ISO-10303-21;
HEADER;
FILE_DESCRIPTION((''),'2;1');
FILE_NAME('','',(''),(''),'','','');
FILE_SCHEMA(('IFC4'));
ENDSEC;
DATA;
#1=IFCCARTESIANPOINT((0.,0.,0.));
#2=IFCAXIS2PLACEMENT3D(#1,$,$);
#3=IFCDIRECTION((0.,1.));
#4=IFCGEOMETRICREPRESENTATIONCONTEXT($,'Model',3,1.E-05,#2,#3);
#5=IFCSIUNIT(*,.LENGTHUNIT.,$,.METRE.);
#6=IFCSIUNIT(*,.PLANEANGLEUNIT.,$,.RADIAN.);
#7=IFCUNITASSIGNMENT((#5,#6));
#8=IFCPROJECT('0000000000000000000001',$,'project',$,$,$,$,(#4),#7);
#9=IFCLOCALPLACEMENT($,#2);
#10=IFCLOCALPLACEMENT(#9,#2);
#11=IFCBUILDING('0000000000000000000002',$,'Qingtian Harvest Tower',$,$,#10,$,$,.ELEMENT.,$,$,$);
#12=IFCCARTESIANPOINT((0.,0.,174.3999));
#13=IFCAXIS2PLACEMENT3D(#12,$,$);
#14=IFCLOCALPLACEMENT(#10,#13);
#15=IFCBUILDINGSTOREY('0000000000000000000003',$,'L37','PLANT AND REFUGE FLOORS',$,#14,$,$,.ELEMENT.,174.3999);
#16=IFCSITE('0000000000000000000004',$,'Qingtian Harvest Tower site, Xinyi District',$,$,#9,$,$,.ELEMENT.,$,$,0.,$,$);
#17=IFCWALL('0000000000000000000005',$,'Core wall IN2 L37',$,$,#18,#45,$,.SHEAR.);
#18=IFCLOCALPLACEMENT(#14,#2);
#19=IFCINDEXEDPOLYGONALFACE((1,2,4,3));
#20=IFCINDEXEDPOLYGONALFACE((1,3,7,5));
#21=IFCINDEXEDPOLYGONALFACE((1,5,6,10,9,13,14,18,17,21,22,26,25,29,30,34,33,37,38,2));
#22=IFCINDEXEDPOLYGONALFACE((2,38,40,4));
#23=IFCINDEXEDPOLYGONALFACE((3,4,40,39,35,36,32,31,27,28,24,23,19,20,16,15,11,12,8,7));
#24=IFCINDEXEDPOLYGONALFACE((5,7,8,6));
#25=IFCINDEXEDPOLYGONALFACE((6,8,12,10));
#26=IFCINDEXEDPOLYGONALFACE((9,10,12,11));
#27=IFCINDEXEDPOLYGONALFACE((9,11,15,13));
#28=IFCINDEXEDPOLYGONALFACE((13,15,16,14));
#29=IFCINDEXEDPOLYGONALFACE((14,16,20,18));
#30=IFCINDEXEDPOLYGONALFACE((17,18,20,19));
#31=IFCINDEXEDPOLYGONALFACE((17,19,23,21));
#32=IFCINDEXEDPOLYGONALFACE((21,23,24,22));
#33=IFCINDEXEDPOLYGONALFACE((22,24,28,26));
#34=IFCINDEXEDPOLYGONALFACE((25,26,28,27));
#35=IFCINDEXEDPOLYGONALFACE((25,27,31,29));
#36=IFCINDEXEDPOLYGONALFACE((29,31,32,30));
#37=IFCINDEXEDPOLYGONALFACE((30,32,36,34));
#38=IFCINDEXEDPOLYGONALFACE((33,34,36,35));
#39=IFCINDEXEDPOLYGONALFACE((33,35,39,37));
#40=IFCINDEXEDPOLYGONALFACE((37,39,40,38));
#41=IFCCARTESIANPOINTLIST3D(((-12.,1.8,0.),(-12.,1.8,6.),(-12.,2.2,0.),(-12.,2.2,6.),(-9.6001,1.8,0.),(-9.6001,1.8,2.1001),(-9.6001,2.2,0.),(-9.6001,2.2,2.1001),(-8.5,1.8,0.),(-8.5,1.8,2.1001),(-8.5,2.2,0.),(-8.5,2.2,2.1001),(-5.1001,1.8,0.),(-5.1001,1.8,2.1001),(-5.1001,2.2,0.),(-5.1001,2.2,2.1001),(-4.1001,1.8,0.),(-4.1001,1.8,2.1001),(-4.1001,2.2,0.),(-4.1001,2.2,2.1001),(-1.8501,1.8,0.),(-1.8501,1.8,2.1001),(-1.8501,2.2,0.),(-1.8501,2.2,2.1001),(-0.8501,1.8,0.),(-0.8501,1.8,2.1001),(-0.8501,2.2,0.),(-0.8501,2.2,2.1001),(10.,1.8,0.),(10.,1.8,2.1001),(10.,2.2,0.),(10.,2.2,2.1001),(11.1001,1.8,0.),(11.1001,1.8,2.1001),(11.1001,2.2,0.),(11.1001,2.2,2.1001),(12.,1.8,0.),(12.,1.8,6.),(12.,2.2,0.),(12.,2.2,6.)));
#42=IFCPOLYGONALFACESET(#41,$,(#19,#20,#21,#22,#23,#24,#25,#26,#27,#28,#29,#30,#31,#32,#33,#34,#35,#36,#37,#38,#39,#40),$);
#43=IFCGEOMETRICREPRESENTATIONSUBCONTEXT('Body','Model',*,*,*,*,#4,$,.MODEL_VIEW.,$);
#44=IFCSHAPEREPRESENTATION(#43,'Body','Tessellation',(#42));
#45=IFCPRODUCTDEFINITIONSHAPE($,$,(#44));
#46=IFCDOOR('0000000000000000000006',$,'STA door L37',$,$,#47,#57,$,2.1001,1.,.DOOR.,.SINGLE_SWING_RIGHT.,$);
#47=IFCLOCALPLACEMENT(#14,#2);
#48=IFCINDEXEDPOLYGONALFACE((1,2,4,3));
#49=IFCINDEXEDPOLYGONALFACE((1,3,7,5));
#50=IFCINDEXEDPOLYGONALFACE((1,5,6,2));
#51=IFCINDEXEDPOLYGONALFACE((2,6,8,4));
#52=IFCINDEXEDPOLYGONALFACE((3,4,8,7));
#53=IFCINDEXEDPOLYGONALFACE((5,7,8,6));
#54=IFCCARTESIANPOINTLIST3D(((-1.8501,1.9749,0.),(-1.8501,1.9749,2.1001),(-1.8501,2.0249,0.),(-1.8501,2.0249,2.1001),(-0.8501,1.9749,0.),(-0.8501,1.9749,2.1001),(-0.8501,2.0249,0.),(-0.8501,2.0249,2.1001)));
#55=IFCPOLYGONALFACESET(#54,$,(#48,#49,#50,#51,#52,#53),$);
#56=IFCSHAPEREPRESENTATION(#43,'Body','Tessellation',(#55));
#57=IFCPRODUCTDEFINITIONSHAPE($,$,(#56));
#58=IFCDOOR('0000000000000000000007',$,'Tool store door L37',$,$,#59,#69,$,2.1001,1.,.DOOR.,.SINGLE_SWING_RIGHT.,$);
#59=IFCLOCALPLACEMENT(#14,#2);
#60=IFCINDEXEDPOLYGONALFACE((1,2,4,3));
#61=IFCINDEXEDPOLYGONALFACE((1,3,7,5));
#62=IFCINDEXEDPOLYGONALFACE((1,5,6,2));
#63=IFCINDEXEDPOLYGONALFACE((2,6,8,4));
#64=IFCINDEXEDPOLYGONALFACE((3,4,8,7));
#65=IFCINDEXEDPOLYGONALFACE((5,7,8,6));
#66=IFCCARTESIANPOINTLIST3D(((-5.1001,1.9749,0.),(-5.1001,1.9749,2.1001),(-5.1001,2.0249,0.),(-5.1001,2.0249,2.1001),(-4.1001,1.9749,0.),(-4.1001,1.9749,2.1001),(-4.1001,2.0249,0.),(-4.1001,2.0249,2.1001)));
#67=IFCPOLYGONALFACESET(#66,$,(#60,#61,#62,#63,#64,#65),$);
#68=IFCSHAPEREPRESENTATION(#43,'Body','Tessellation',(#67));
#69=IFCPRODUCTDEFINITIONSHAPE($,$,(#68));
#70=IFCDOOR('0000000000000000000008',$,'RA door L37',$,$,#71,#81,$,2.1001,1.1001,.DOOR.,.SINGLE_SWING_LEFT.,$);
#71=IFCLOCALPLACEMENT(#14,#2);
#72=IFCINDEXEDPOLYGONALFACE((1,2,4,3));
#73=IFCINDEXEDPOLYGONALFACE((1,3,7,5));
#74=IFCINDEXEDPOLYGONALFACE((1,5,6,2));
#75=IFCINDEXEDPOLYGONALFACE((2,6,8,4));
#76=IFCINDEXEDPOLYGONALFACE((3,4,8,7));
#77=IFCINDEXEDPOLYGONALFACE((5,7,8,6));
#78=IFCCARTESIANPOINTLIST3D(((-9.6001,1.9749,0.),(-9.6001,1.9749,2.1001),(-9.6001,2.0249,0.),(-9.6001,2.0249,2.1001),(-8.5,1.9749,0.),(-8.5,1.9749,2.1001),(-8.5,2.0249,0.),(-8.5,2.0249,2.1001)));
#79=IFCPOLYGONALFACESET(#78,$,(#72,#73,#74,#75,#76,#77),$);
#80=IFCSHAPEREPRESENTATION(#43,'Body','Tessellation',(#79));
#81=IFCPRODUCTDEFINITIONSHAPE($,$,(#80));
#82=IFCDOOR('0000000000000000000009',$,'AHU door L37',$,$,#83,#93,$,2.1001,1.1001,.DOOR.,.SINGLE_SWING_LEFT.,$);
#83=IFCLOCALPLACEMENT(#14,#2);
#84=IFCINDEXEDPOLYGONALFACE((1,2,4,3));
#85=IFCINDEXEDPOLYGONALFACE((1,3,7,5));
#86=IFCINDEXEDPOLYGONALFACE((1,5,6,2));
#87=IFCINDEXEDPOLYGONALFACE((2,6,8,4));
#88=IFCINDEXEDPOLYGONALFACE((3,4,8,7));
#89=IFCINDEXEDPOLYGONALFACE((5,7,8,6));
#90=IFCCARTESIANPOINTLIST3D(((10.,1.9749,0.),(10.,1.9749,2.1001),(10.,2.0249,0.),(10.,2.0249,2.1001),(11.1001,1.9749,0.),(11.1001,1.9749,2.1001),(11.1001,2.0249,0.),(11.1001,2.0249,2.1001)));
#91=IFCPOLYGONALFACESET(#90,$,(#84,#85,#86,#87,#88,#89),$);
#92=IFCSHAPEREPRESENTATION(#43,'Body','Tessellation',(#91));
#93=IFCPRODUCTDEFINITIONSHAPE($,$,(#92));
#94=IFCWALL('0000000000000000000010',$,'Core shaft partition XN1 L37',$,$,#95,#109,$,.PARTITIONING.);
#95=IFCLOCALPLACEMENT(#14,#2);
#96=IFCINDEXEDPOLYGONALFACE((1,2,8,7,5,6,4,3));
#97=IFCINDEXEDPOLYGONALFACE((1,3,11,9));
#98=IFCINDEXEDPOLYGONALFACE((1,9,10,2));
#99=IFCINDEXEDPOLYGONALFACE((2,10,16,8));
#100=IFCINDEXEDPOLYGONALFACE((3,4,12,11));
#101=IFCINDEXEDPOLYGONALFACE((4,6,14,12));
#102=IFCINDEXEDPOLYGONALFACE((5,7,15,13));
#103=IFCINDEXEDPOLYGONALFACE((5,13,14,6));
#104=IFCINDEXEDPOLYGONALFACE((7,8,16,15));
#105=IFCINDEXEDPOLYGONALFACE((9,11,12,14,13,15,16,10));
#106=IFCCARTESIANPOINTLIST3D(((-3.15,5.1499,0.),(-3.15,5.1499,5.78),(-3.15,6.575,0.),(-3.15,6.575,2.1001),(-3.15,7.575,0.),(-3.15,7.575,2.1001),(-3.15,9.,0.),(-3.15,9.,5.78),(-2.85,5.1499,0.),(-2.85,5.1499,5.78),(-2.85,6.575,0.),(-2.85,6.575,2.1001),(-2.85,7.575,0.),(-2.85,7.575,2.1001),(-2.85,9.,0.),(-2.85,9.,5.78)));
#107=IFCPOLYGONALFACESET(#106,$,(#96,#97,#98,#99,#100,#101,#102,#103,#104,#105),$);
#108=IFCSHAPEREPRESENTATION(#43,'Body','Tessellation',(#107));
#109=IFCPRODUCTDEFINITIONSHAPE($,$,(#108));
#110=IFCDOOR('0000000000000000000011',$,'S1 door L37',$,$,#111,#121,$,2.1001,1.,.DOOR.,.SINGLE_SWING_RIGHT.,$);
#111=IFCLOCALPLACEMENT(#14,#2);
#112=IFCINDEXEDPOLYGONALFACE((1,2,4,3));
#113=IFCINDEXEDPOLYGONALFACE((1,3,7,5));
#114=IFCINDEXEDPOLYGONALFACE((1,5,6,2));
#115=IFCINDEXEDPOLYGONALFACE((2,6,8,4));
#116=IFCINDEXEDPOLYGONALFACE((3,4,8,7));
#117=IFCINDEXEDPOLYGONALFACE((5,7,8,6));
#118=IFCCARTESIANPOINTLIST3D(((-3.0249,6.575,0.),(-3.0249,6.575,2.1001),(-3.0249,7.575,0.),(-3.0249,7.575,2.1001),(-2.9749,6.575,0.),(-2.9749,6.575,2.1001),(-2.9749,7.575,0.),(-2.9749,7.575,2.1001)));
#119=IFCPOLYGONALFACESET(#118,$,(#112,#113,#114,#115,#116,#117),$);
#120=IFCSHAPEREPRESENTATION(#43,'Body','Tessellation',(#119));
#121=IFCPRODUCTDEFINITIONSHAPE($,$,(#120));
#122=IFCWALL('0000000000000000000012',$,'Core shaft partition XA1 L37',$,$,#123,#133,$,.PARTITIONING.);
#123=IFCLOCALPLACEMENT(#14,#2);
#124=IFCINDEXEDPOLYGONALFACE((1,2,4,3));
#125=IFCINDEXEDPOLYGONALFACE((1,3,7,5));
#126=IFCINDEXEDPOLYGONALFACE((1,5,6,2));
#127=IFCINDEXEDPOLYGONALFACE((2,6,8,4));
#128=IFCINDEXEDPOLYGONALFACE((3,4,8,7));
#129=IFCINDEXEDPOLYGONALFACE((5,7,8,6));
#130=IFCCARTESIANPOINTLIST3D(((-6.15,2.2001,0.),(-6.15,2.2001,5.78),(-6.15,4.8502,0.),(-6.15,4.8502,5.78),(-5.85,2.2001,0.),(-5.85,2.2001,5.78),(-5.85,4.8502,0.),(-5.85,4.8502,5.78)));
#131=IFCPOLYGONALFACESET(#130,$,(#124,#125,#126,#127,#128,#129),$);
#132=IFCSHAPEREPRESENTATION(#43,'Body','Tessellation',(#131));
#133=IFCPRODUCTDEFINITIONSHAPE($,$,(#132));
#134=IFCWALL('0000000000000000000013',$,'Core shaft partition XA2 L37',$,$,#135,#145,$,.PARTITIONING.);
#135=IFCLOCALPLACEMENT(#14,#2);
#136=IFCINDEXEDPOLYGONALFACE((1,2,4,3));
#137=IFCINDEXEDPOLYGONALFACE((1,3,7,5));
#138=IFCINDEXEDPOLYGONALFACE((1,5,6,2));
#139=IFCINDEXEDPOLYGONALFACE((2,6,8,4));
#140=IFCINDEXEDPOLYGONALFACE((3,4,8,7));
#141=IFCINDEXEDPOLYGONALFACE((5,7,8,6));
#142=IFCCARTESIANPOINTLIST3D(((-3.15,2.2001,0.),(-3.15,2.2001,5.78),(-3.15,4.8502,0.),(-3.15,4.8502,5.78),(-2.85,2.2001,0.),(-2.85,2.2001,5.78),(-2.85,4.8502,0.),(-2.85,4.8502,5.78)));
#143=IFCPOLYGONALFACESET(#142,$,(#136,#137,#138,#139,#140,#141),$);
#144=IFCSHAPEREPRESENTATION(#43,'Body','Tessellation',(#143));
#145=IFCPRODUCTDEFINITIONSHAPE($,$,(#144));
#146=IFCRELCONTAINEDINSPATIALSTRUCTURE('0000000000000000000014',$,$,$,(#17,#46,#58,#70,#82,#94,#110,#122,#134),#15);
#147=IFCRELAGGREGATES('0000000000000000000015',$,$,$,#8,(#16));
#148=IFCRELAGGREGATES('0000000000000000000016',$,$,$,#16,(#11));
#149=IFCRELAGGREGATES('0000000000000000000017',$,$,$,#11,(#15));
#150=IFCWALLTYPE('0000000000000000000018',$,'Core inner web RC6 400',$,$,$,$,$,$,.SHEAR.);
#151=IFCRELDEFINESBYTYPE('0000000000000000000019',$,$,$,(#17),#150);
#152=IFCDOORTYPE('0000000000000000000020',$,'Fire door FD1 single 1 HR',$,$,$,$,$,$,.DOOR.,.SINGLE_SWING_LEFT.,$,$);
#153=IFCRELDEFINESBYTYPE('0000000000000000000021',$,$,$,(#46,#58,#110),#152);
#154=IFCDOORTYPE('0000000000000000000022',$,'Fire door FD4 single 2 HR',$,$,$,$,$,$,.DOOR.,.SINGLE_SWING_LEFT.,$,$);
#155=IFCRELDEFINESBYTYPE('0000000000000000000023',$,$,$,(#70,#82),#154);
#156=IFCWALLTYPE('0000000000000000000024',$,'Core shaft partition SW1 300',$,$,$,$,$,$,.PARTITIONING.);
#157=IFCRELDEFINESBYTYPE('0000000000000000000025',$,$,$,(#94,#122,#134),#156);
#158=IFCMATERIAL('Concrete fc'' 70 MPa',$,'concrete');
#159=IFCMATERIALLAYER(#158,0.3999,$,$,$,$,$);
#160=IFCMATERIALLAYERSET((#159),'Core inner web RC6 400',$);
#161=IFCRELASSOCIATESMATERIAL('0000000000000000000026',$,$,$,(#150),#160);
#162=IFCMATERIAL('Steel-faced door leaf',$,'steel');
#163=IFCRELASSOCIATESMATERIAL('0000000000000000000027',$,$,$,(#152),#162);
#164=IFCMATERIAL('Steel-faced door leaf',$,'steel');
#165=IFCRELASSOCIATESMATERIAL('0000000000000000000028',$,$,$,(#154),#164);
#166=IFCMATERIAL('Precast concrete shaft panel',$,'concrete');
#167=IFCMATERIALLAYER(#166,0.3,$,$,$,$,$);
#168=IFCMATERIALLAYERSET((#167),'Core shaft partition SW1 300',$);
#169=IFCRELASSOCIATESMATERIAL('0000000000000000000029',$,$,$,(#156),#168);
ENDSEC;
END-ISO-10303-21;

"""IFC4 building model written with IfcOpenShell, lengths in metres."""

from ifc_helpers import new_model, si_unit, direction, frame, frame_2d, origin, place, context, subcontext, project, spatial, rectangle, extrude, material, layer, layer_set, type_object, element, fill, save


model = new_model("IFC4")

# Units and contexts
model_context = context("Model", 3, precision=1e-05, world=origin(), true_north=direction((0.0, 1.0)))
body_context = subcontext(model_context, "Body", "Model", "MODEL_VIEW")
ifc_project = project(units=[si_unit("LENGTHUNIT", "METRE"), si_unit("PLANEANGLEUNIT", "RADIAN")], contexts=[model_context])

# Site, building, storey
site_placement = place(None, origin())
site = spatial("IfcSite", under=ifc_project, at=site_placement, Name="Qingtian Harvest Tower site, Xinyi District", CompositionType="ELEMENT", RefElevation=0.0)
building_placement = place(site_placement, origin())
building = spatial("IfcBuilding", under=site, at=building_placement, Name="Qingtian Harvest Tower", CompositionType="ELEMENT")
storey_placement = place(building_placement, frame((0.0, 0.0, 174.3999)))
storey = spatial("IfcBuildingStorey", under=building, at=storey_placement, Name="L37", Description="PLANT AND REFUGE FLOORS", CompositionType="ELEMENT", Elevation=174.3999)

# Wall, openings, doors
ifc_material_1 = material(Name="Concrete fc' 70 MPa", Category="concrete")
ifc_layer_1 = layer(ifc_material_1, 0.3999)
ifc_layer_set_1 = layer_set([ifc_layer_1], Name="Core inner web RC6 400")
wall_type_1 = type_object("IfcWallType", Name="Core inner web RC6 400", PredefinedType="SHEAR", material=ifc_layer_set_1)
wall_1_placement = place(storey_placement, frame((-12.0, 2.0, 0.0), z_axis=(0.0, 0.0, 1.0), x_axis=(1.0, 0.0, 0.0)))
wall_1 = element("IfcWall", 1, at=wall_1_placement, inside=storey, type_object=wall_type_1, Name="Core wall IN2 L37", PredefinedType="SHEAR", context=body_context, shape_type="SweptSolid", body=[
    extrude(rectangle(XDim=24.0, YDim=0.3999, at=frame_2d((12.0, 0.0))), origin(), (0.0, 0.0, 1.0), 6.0),
])
opening_1_placement = place(wall_1_placement, frame((2.3999, 0.0, 0.0)))
opening_1 = element("IfcOpeningElement", 2, at=opening_1_placement, cuts=wall_1, PredefinedType="OPENING", context=body_context, shape_type="SweptSolid", body=[
    extrude(rectangle(XDim=1.1001, YDim=2.1001, at=frame_2d((0.55, 1.05))), frame((0.0, 0.21, 0.0), z_axis=(0.0, -1.0, 0.0), x_axis=(1.0, 0.0, 0.0)), (0.0, 0.0, 1.0), 0.4199),
])
opening_2_placement = place(wall_1_placement, frame((22.0, 0.0, 0.0)))
opening_2 = element("IfcOpeningElement", 3, at=opening_2_placement, cuts=wall_1, PredefinedType="OPENING", context=body_context, shape_type="SweptSolid", body=[
    extrude(rectangle(XDim=1.1001, YDim=2.1001, at=frame_2d((0.55, 1.05))), frame((0.0, 0.21, 0.0), z_axis=(0.0, -1.0, 0.0), x_axis=(1.0, 0.0, 0.0)), (0.0, 0.0, 1.0), 0.4199),
])
opening_3_placement = place(wall_1_placement, frame((10.1499, 0.0, 0.0)))
opening_3 = element("IfcOpeningElement", 4, at=opening_3_placement, cuts=wall_1, PredefinedType="OPENING", context=body_context, shape_type="SweptSolid", body=[
    extrude(rectangle(XDim=1.0, YDim=2.1001, at=frame_2d((0.5, 1.05))), frame((0.0, 0.21, 0.0), z_axis=(0.0, -1.0, 0.0), x_axis=(1.0, 0.0, 0.0)), (0.0, 0.0, 1.0), 0.4199),
])
opening_4_placement = place(wall_1_placement, frame((6.8999, 0.0, 0.0)))
opening_4 = element("IfcOpeningElement", 5, at=opening_4_placement, cuts=wall_1, PredefinedType="OPENING", context=body_context, shape_type="SweptSolid", body=[
    extrude(rectangle(XDim=1.0, YDim=2.1001, at=frame_2d((0.5, 1.05))), frame((0.0, 0.21, 0.0), z_axis=(0.0, -1.0, 0.0), x_axis=(1.0, 0.0, 0.0)), (0.0, 0.0, 1.0), 0.4199),
])
ifc_material_2 = material(Name="Steel-faced door leaf", Category="steel")
door_type_1 = type_object("IfcDoorType", Name="Fire door FD1 single 1 HR", OperationType="SINGLE_SWING_LEFT", PredefinedType="DOOR", material=ifc_material_2)
door_1_placement = place(opening_3_placement, origin())
door_1 = element("IfcDoor", 6, at=door_1_placement, inside=storey, type_object=door_type_1, Name="STA door L37", OperationType="SINGLE_SWING_RIGHT", OverallHeight=2.1001, OverallWidth=1.0, PredefinedType="DOOR", context=body_context, shape_type="SweptSolid", body=[
    extrude(rectangle(XDim=1.0, YDim=2.1001, at=frame_2d((0.5, 1.05))), frame((0.0, 0.0249, 0.0), z_axis=(0.0, -1.0, 0.0), x_axis=(1.0, 0.0, 0.0)), (0.0, 0.0, 1.0), 0.05),
])
fill(opening_3, door_1)
door_2_placement = place(opening_4_placement, origin())
door_2 = element("IfcDoor", 7, at=door_2_placement, inside=storey, type_object=door_type_1, Name="Tool store door L37", OperationType="SINGLE_SWING_RIGHT", OverallHeight=2.1001, OverallWidth=1.0, PredefinedType="DOOR", context=body_context, shape_type="SweptSolid", body=[
    extrude(rectangle(XDim=1.0, YDim=2.1001, at=frame_2d((0.5, 1.05))), frame((0.0, 0.0249, 0.0), z_axis=(0.0, -1.0, 0.0), x_axis=(1.0, 0.0, 0.0)), (0.0, 0.0, 1.0), 0.05),
])
fill(opening_4, door_2)
ifc_material_3 = material(Name="Steel-faced door leaf", Category="steel")
door_type_2 = type_object("IfcDoorType", Name="Fire door FD4 single 2 HR", OperationType="SINGLE_SWING_LEFT", PredefinedType="DOOR", material=ifc_material_3)
door_3_placement = place(opening_1_placement, origin())
door_3 = element("IfcDoor", 8, at=door_3_placement, inside=storey, type_object=door_type_2, Name="RA door L37", OperationType="SINGLE_SWING_LEFT", OverallHeight=2.1001, OverallWidth=1.1001, PredefinedType="DOOR", context=body_context, shape_type="SweptSolid", body=[
    extrude(rectangle(XDim=1.1001, YDim=2.1001, at=frame_2d((0.55, 1.05))), frame((0.0, 0.0249, 0.0), z_axis=(0.0, -1.0, 0.0), x_axis=(1.0, 0.0, 0.0)), (0.0, 0.0, 1.0), 0.05),
])
fill(opening_1, door_3)
door_4_placement = place(opening_2_placement, origin())
door_4 = element("IfcDoor", 9, at=door_4_placement, inside=storey, type_object=door_type_2, Name="AHU door L37", OperationType="SINGLE_SWING_LEFT", OverallHeight=2.1001, OverallWidth=1.1001, PredefinedType="DOOR", context=body_context, shape_type="SweptSolid", body=[
    extrude(rectangle(XDim=1.1001, YDim=2.1001, at=frame_2d((0.55, 1.05))), frame((0.0, 0.0249, 0.0), z_axis=(0.0, -1.0, 0.0), x_axis=(1.0, 0.0, 0.0)), (0.0, 0.0, 1.0), 0.05),
])
fill(opening_2, door_4)

# Wall, opening, door
ifc_material_4 = material(Name="Precast concrete shaft panel", Category="concrete")
ifc_layer_2 = layer(ifc_material_4, 0.3)
ifc_layer_set_2 = layer_set([ifc_layer_2], Name="Core shaft partition SW1 300")
wall_type_2 = type_object("IfcWallType", Name="Core shaft partition SW1 300", PredefinedType="PARTITIONING", material=ifc_layer_set_2)
wall_2_placement = place(storey_placement, frame((-3.0, 5.1499, 0.0), z_axis=(0.0, 0.0, 1.0), x_axis=(0.0, 1.0, 0.0)))
wall_2 = element("IfcWall", 10, at=wall_2_placement, inside=storey, type_object=wall_type_2, Name="Core shaft partition XN1 L37", PredefinedType="PARTITIONING", context=body_context, shape_type="SweptSolid", body=[
    extrude(rectangle(XDim=3.8501, YDim=0.3, at=frame_2d((1.925, 0.0))), origin(), (0.0, 0.0, 1.0), 5.78),
])
opening_5_placement = place(wall_2_placement, frame((1.425, 0.0, 0.0)))
opening_5 = element("IfcOpeningElement", 11, at=opening_5_placement, cuts=wall_2, PredefinedType="OPENING", context=body_context, shape_type="SweptSolid", body=[
    extrude(rectangle(XDim=1.0, YDim=2.1001, at=frame_2d((0.5, 1.05))), frame((0.0, 0.1599, 0.0), z_axis=(0.0, -1.0, 0.0), x_axis=(1.0, 0.0, 0.0)), (0.0, 0.0, 1.0), 0.3201),
])
door_5_placement = place(opening_5_placement, origin())
door_5 = element("IfcDoor", 12, at=door_5_placement, inside=storey, type_object=door_type_1, Name="S1 door L37", OperationType="SINGLE_SWING_RIGHT", OverallHeight=2.1001, OverallWidth=1.0, PredefinedType="DOOR", context=body_context, shape_type="SweptSolid", body=[
    extrude(rectangle(XDim=1.0, YDim=2.1001, at=frame_2d((0.5, 1.05))), frame((0.0, 0.0249, 0.0), z_axis=(0.0, -1.0, 0.0), x_axis=(1.0, 0.0, 0.0)), (0.0, 0.0, 1.0), 0.05),
])
fill(opening_5, door_5)

# Walls
for number, where, z_axis, x_axis, name in (
    (13, (-6.0, 2.2, 0.0), (0.0, 0.0, 1.0), (0.0, 1.0, 0.0), "Core shaft partition XA1 L37"),
    (14, (-3.0, 2.2, 0.0), (0.0, 0.0, 1.0), (0.0, 1.0, 0.0), "Core shaft partition XA2 L37"),
):
    element("IfcWall", number, at=place(storey_placement, frame(where, z_axis=z_axis, x_axis=x_axis)), inside=storey, type_object=wall_type_2, Name=name, PredefinedType="PARTITIONING", context=body_context, shape_type="SweptSolid", body=[
        extrude(rectangle(XDim=2.6501, YDim=0.3, at=frame_2d((1.3252, 0.0))), origin(), (0.0, 0.0, 1.0), 5.78),
    ])

save(model, "model.ifc")
